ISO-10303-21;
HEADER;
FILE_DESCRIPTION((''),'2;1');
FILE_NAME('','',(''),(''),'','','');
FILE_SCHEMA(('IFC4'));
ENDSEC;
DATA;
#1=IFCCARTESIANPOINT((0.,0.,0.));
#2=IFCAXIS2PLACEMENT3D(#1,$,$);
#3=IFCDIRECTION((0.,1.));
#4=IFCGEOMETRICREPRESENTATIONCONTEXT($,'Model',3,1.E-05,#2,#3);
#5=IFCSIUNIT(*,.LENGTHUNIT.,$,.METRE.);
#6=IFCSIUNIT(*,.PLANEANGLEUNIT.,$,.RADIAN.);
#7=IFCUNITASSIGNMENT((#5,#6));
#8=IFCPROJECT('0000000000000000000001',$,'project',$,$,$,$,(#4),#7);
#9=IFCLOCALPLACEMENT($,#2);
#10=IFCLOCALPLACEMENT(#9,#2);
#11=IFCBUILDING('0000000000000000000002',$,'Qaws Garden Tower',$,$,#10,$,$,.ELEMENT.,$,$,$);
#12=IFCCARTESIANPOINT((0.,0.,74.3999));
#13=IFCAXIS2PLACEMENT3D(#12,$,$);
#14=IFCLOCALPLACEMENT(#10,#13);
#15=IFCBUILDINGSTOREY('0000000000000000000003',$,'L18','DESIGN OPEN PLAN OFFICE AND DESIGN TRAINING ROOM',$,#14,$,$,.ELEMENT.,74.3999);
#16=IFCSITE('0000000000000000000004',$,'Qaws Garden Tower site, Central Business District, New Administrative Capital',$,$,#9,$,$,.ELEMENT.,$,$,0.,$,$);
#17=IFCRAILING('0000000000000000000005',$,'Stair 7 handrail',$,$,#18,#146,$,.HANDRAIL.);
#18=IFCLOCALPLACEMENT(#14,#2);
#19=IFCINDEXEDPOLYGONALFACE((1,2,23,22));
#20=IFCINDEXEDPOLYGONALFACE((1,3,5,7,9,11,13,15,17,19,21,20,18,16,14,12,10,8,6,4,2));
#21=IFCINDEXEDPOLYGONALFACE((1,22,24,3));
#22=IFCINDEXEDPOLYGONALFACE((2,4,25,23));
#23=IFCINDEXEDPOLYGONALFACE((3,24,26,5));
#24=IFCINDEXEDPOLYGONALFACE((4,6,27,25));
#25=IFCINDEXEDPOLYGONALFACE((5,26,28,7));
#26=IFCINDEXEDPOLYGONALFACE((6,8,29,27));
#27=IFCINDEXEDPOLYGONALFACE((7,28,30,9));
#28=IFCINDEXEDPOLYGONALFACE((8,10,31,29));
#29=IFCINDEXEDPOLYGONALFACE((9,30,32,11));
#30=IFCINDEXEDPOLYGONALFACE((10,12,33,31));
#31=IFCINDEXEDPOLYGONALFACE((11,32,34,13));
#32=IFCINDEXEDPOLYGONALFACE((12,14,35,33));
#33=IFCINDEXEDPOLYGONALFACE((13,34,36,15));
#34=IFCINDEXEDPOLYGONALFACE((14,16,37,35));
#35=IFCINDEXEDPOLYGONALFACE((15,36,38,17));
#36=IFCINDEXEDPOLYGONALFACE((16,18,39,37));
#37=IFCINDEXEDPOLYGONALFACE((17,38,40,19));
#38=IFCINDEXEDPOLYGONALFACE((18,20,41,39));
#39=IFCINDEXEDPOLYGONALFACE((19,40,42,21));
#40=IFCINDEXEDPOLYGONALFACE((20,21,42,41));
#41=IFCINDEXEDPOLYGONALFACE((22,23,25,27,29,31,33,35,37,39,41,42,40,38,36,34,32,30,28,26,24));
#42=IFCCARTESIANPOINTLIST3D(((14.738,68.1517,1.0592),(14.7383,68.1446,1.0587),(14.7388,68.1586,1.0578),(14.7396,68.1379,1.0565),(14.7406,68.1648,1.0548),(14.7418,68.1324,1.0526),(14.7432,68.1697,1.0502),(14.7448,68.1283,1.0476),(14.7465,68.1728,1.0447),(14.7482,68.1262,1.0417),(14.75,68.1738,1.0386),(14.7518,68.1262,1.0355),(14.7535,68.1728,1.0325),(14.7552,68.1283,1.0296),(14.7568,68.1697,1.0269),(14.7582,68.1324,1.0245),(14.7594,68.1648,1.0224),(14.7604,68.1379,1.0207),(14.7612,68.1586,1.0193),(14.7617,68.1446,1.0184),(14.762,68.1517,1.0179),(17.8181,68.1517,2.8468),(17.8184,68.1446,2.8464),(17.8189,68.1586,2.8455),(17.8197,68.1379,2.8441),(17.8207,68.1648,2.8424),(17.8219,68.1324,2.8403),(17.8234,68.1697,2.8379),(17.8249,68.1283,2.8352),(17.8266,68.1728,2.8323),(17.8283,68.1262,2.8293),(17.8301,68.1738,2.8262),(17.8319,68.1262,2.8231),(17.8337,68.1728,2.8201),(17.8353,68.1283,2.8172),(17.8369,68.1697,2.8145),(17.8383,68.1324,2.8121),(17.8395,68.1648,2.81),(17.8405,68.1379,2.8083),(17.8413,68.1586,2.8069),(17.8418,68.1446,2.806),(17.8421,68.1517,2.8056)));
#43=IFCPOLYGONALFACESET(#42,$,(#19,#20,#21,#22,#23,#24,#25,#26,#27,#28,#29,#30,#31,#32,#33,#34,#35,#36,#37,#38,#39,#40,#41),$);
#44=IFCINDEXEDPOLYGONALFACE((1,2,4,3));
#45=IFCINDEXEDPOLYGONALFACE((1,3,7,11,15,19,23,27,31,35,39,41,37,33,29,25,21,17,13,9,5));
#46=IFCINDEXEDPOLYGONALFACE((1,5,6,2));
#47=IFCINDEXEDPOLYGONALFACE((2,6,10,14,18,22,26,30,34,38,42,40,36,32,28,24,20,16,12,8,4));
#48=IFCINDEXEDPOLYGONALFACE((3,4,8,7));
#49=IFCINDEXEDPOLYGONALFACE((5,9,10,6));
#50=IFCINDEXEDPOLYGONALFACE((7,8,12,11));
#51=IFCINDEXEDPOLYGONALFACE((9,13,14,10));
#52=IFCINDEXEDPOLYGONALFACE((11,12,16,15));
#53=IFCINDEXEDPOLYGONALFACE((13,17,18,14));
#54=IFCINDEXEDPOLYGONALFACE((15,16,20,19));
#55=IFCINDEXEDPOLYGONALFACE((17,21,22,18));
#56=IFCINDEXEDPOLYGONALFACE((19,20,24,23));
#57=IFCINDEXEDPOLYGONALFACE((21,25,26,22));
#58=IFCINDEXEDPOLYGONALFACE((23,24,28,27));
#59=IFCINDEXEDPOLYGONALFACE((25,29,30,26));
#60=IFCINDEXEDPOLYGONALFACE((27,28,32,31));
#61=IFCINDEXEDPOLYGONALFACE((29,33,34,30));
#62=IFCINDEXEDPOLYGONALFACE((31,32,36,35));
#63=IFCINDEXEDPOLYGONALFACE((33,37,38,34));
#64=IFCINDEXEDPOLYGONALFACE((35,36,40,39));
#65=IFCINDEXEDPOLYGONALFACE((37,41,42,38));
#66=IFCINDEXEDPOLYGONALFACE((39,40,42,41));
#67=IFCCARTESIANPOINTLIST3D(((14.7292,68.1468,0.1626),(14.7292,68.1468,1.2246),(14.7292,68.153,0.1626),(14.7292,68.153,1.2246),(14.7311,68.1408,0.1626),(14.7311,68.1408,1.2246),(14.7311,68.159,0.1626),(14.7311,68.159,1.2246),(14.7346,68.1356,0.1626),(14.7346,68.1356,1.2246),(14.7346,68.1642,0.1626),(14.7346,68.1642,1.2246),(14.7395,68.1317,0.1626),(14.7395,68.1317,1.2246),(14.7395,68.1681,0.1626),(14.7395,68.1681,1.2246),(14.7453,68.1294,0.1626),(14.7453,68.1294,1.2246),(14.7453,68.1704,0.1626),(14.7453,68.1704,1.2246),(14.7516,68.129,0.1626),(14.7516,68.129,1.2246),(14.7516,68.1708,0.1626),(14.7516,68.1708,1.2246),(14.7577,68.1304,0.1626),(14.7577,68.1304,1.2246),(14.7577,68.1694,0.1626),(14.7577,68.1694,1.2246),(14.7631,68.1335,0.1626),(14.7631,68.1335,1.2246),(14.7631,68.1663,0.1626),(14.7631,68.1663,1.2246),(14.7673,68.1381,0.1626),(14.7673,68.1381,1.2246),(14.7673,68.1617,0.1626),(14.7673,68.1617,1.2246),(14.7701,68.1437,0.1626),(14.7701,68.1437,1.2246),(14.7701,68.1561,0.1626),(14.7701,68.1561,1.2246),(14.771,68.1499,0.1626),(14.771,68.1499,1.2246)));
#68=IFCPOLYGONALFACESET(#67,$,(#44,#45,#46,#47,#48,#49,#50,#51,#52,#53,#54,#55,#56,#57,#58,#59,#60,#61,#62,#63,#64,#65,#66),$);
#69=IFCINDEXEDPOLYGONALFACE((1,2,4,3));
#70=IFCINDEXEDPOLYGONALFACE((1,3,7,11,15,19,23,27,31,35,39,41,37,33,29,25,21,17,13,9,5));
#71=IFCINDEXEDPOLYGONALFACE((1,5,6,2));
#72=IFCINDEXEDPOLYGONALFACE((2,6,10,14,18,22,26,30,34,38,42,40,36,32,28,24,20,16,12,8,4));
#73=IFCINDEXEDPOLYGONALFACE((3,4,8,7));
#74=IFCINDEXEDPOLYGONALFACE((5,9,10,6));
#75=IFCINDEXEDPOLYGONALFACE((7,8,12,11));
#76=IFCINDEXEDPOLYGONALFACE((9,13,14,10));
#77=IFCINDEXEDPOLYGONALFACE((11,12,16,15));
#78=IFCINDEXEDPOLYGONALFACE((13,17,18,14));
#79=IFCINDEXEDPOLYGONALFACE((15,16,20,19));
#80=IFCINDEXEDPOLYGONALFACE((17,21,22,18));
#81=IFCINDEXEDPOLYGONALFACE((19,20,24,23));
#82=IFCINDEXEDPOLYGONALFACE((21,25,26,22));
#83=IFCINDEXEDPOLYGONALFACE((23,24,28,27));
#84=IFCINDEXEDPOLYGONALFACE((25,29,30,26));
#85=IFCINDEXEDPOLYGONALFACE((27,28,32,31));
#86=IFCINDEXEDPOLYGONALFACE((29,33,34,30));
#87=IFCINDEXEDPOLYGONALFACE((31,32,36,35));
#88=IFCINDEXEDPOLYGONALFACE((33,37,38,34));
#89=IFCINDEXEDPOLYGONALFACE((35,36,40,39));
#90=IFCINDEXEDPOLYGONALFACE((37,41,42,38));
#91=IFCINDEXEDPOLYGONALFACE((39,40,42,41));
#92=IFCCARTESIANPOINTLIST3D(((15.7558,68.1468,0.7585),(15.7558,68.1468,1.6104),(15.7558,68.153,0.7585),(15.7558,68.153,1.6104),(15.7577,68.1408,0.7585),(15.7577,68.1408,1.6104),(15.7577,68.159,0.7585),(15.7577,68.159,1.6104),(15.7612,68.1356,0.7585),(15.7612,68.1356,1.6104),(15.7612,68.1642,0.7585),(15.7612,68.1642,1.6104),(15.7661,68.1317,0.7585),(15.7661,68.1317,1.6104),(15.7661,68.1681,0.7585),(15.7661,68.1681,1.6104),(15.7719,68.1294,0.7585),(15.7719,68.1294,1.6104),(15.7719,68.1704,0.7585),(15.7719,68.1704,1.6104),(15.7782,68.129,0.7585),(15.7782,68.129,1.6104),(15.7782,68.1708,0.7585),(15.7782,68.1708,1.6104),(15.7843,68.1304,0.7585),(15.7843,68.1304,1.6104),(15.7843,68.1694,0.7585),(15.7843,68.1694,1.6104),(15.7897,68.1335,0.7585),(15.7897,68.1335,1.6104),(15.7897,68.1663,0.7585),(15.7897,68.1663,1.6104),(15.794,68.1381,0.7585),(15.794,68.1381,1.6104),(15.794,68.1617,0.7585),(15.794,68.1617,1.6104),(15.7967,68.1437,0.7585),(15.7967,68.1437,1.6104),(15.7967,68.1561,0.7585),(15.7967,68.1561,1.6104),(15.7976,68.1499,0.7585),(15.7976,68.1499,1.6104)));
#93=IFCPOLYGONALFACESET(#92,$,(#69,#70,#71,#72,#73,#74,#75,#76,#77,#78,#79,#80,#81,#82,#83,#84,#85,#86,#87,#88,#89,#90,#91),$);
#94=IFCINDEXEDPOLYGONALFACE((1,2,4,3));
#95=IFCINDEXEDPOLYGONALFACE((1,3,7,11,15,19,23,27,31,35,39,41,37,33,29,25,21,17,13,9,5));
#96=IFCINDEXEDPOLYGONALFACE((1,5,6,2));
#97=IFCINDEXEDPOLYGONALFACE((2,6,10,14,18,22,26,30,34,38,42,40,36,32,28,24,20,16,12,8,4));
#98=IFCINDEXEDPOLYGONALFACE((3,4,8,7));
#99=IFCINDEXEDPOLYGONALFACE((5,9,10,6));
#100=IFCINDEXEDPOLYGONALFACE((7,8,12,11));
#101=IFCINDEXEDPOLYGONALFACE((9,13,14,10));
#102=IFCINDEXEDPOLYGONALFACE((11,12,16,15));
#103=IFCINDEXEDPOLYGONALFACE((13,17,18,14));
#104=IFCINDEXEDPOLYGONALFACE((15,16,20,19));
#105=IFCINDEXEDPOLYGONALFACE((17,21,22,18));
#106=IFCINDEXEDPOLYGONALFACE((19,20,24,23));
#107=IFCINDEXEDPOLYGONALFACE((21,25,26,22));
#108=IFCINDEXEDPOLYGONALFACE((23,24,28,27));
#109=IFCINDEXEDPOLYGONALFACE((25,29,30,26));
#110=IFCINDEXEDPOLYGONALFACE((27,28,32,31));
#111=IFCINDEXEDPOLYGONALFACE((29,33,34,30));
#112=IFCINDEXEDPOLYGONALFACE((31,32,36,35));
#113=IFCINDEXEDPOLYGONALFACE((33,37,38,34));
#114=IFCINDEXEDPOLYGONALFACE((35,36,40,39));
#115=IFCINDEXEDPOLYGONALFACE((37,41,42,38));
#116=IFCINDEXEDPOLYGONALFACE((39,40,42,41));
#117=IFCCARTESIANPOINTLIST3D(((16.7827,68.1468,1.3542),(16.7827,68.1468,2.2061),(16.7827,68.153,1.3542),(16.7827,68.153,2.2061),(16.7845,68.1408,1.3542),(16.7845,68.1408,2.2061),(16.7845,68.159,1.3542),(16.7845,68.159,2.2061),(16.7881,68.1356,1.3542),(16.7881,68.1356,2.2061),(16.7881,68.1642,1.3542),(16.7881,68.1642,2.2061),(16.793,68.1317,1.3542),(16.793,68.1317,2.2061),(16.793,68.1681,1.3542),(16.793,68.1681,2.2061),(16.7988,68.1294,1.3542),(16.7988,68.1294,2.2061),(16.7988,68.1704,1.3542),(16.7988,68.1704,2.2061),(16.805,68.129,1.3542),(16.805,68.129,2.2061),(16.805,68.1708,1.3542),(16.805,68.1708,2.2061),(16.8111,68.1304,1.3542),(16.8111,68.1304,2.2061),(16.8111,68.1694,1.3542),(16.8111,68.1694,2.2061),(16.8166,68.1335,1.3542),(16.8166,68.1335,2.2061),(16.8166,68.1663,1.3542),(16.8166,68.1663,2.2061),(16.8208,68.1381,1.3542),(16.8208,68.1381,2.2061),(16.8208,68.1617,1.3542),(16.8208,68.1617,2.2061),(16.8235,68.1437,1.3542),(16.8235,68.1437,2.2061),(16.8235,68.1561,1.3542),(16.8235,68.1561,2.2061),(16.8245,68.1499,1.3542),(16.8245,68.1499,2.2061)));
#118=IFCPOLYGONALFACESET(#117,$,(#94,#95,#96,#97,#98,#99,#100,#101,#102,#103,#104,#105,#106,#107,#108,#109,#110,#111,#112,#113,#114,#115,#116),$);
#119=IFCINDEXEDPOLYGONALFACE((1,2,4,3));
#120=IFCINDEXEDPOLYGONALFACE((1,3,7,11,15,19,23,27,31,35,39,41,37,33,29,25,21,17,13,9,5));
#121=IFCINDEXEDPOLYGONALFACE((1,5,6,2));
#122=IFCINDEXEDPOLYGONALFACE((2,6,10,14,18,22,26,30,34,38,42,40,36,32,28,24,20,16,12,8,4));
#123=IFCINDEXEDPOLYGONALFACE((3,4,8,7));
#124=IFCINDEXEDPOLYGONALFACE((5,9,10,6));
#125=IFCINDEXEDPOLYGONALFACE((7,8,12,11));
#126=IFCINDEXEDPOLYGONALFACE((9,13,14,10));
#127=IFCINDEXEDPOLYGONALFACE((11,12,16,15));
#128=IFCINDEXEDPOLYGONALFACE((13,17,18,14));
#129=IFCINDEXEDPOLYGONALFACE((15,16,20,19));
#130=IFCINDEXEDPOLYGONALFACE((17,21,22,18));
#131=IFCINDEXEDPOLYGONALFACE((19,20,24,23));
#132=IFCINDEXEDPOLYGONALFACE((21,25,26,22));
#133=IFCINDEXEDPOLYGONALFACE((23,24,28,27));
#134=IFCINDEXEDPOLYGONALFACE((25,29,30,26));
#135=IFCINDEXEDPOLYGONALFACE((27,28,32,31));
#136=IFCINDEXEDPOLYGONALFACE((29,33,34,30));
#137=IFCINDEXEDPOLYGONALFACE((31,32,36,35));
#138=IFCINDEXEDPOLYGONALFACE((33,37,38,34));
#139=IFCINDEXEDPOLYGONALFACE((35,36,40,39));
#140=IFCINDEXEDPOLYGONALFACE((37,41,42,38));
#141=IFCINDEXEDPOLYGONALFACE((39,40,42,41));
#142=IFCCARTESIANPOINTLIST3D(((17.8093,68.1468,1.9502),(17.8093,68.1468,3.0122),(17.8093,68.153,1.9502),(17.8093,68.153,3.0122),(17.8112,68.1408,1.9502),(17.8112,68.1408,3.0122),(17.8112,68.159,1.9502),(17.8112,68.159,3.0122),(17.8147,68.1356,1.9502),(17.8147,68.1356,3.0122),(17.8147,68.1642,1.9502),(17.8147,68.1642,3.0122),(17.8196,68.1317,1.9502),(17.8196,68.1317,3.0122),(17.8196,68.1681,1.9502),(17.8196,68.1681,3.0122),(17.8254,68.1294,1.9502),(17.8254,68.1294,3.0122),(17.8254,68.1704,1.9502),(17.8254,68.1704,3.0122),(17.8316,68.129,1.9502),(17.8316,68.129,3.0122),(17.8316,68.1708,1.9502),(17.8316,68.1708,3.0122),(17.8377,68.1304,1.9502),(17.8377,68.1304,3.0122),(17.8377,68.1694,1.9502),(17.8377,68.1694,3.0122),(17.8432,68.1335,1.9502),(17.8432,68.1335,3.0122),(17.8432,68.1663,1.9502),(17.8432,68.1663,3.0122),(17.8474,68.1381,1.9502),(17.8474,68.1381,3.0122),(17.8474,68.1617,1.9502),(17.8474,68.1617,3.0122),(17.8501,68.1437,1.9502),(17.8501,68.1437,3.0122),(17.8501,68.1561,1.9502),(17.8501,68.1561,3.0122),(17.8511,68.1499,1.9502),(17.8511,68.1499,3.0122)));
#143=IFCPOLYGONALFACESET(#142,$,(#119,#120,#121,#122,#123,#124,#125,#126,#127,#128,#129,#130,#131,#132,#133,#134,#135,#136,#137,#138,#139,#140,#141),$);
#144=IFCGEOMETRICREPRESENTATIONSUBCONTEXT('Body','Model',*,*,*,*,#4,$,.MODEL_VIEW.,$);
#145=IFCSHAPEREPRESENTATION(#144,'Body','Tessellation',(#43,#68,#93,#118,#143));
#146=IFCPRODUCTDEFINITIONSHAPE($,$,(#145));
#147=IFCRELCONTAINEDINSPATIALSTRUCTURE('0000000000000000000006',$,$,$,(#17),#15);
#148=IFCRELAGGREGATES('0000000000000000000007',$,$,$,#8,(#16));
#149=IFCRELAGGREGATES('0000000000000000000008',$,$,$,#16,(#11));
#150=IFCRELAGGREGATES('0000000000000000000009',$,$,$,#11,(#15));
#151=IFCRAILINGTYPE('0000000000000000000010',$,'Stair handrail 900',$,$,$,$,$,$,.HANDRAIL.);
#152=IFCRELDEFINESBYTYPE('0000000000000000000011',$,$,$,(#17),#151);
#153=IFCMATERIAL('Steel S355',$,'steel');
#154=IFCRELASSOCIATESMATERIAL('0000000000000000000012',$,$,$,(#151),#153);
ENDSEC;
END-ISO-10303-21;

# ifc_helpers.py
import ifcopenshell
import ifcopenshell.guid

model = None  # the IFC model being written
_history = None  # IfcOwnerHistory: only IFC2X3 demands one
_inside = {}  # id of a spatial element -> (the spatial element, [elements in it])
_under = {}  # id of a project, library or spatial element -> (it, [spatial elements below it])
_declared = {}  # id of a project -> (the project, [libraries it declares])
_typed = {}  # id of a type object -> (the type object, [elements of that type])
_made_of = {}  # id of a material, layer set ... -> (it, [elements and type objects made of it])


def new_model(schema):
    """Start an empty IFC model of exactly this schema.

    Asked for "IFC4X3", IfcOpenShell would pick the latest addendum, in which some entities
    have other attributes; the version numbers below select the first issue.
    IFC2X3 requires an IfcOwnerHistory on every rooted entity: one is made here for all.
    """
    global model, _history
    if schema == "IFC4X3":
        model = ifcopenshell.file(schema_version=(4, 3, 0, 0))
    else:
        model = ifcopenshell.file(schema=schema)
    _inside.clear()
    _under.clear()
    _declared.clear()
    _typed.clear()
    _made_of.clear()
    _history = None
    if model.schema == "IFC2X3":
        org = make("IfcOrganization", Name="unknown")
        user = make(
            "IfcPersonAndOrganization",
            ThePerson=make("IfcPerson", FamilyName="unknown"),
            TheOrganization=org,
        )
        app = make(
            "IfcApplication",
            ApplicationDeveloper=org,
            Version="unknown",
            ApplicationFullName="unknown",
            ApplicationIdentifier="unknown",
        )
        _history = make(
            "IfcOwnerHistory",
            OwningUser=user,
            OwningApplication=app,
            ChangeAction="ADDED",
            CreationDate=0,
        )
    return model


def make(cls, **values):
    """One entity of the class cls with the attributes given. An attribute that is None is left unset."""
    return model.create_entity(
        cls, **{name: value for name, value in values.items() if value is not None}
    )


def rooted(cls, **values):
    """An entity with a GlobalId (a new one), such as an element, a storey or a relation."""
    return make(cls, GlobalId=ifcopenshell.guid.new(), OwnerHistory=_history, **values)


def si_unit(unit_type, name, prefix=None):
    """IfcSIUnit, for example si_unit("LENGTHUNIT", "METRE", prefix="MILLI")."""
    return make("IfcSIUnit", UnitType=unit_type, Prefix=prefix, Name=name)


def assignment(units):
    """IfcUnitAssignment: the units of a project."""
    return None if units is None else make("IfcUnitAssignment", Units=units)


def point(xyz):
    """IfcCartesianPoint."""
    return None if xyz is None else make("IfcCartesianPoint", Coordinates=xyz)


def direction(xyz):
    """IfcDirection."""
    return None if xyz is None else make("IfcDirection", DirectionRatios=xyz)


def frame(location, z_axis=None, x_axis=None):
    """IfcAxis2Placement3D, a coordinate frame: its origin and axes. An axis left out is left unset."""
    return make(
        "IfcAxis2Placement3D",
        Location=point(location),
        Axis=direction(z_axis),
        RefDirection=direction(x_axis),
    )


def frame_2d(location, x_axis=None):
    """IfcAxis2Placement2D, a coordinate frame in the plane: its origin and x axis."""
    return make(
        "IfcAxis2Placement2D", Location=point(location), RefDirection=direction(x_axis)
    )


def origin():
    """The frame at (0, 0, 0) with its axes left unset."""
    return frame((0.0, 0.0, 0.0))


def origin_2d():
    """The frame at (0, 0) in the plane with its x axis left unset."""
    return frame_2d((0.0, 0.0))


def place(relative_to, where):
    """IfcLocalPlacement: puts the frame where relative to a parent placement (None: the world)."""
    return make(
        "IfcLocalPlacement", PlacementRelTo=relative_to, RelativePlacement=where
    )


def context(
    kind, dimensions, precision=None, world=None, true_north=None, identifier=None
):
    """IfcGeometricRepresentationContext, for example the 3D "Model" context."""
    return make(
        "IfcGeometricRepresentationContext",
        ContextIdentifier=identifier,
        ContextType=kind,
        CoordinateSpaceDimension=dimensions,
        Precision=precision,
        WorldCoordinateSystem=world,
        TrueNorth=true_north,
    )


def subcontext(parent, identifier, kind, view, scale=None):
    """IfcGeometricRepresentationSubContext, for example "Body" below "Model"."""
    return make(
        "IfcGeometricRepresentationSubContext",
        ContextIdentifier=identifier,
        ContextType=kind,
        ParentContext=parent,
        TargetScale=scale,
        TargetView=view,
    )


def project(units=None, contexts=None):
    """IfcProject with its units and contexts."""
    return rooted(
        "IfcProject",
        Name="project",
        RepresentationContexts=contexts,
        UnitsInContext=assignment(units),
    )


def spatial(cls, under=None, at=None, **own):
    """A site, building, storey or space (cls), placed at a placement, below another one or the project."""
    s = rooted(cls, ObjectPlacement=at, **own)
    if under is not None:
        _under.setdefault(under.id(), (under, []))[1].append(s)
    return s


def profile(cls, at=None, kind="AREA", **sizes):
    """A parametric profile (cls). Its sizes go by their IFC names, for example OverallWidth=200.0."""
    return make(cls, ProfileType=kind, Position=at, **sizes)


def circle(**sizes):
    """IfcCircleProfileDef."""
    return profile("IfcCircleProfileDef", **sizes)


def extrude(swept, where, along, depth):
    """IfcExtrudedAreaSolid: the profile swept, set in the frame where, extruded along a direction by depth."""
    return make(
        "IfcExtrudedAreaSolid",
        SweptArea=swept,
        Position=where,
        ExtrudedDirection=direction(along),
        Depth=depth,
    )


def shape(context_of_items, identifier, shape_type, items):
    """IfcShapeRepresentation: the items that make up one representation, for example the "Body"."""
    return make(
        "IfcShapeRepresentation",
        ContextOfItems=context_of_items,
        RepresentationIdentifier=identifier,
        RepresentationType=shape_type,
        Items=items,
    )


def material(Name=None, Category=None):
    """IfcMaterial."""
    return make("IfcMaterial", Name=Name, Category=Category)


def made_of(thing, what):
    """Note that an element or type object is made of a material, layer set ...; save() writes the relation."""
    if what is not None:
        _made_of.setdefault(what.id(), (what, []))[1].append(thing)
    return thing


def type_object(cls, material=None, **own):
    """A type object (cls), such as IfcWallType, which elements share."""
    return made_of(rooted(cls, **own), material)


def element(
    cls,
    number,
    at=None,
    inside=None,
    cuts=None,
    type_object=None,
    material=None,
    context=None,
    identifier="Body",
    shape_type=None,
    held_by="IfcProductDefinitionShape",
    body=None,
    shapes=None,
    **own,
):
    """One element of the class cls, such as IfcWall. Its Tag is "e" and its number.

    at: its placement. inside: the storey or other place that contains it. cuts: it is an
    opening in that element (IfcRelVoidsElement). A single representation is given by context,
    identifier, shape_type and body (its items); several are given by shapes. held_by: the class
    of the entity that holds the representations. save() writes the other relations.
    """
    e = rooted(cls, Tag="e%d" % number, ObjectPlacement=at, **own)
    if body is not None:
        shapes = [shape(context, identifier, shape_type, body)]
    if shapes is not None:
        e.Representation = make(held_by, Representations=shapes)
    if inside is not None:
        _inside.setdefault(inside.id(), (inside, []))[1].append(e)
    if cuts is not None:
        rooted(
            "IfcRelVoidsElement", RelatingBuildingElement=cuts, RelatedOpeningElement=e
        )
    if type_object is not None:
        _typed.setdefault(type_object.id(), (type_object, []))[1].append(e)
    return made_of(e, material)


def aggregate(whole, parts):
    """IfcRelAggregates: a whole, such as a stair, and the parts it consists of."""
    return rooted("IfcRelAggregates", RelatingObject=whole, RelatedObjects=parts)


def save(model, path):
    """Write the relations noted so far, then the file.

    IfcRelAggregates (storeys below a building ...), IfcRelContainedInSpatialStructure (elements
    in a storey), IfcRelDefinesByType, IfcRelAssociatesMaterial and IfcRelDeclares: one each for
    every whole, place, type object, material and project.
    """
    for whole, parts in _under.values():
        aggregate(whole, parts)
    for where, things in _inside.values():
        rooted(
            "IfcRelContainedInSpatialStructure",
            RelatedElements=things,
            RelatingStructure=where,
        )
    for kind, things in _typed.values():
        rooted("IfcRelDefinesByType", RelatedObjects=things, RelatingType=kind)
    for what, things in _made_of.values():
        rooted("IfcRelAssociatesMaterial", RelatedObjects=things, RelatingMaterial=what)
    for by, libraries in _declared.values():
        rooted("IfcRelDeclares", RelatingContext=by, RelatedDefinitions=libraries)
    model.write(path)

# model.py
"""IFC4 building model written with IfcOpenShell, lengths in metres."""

from ifc_helpers import new_model, si_unit, direction, frame, origin, origin_2d, place, context, subcontext, project, spatial, circle, extrude, material, type_object, element, save


model = new_model("IFC4")

# Units and contexts
model_context = context("Model", 3, precision=1e-05, world=origin(), true_north=direction((0.0, 1.0)))
body_context = subcontext(model_context, "Body", "Model", "MODEL_VIEW")
ifc_project = project(units=[si_unit("LENGTHUNIT", "METRE"), si_unit("PLANEANGLEUNIT", "RADIAN")], contexts=[model_context])

# Site, building, storey
site_placement = place(None, origin())
site = spatial("IfcSite", under=ifc_project, at=site_placement, Name="Qaws Garden Tower site, Central Business District, New Administrative Capital", CompositionType="ELEMENT", RefElevation=0.0)
building_placement = place(site_placement, origin())
building = spatial("IfcBuilding", under=site, at=building_placement, Name="Qaws Garden Tower", CompositionType="ELEMENT")
storey_placement = place(building_placement, frame((0.0, 0.0, 74.3999)))
storey = spatial("IfcBuildingStorey", under=building, at=storey_placement, Name="L18", Description="DESIGN OPEN PLAN OFFICE AND DESIGN TRAINING ROOM", CompositionType="ELEMENT", Elevation=74.3999)

# Railing
ifc_material_1 = material(Name="Steel S355", Category="steel")
railing_type = type_object("IfcRailingType", Name="Stair handrail 900", PredefinedType="HANDRAIL", material=ifc_material_1)
railing_1_placement = place(storey_placement, frame((14.75, 68.1499, 0.1626)))
element("IfcRailing", 1, at=railing_1_placement, inside=storey, type_object=railing_type, Name="Stair 7 handrail", PredefinedType="HANDRAIL", context=body_context, shape_type="SweptSolid", body=[
    extrude(circle(Radius=0.0239, at=origin_2d()), frame((0.0, 0.0, 0.876), z_axis=(0.864891, 0.0, 0.50196), x_axis=(0.0, 1.0, 0.0)), (0.0, 0.0, 1.0), 3.5613),
    extrude(circle(Radius=0.021, at=origin_2d()), origin(), (0.0, 0.0, 1.0), 1.062),
    extrude(circle(Radius=0.021, at=origin_2d()), frame((1.0266, 0.0, 0.5959)), (0.0, 0.0, 1.0), 0.8518),
    extrude(circle(Radius=0.021, at=origin_2d()), frame((2.0535, 0.0, 1.1917)), (0.0, 0.0, 1.0), 0.8518),
    extrude(circle(Radius=0.021, at=origin_2d()), frame((3.0801, 0.0, 1.7876)), (0.0, 0.0, 1.0), 1.062),
])

save(model, "model.ifc")
